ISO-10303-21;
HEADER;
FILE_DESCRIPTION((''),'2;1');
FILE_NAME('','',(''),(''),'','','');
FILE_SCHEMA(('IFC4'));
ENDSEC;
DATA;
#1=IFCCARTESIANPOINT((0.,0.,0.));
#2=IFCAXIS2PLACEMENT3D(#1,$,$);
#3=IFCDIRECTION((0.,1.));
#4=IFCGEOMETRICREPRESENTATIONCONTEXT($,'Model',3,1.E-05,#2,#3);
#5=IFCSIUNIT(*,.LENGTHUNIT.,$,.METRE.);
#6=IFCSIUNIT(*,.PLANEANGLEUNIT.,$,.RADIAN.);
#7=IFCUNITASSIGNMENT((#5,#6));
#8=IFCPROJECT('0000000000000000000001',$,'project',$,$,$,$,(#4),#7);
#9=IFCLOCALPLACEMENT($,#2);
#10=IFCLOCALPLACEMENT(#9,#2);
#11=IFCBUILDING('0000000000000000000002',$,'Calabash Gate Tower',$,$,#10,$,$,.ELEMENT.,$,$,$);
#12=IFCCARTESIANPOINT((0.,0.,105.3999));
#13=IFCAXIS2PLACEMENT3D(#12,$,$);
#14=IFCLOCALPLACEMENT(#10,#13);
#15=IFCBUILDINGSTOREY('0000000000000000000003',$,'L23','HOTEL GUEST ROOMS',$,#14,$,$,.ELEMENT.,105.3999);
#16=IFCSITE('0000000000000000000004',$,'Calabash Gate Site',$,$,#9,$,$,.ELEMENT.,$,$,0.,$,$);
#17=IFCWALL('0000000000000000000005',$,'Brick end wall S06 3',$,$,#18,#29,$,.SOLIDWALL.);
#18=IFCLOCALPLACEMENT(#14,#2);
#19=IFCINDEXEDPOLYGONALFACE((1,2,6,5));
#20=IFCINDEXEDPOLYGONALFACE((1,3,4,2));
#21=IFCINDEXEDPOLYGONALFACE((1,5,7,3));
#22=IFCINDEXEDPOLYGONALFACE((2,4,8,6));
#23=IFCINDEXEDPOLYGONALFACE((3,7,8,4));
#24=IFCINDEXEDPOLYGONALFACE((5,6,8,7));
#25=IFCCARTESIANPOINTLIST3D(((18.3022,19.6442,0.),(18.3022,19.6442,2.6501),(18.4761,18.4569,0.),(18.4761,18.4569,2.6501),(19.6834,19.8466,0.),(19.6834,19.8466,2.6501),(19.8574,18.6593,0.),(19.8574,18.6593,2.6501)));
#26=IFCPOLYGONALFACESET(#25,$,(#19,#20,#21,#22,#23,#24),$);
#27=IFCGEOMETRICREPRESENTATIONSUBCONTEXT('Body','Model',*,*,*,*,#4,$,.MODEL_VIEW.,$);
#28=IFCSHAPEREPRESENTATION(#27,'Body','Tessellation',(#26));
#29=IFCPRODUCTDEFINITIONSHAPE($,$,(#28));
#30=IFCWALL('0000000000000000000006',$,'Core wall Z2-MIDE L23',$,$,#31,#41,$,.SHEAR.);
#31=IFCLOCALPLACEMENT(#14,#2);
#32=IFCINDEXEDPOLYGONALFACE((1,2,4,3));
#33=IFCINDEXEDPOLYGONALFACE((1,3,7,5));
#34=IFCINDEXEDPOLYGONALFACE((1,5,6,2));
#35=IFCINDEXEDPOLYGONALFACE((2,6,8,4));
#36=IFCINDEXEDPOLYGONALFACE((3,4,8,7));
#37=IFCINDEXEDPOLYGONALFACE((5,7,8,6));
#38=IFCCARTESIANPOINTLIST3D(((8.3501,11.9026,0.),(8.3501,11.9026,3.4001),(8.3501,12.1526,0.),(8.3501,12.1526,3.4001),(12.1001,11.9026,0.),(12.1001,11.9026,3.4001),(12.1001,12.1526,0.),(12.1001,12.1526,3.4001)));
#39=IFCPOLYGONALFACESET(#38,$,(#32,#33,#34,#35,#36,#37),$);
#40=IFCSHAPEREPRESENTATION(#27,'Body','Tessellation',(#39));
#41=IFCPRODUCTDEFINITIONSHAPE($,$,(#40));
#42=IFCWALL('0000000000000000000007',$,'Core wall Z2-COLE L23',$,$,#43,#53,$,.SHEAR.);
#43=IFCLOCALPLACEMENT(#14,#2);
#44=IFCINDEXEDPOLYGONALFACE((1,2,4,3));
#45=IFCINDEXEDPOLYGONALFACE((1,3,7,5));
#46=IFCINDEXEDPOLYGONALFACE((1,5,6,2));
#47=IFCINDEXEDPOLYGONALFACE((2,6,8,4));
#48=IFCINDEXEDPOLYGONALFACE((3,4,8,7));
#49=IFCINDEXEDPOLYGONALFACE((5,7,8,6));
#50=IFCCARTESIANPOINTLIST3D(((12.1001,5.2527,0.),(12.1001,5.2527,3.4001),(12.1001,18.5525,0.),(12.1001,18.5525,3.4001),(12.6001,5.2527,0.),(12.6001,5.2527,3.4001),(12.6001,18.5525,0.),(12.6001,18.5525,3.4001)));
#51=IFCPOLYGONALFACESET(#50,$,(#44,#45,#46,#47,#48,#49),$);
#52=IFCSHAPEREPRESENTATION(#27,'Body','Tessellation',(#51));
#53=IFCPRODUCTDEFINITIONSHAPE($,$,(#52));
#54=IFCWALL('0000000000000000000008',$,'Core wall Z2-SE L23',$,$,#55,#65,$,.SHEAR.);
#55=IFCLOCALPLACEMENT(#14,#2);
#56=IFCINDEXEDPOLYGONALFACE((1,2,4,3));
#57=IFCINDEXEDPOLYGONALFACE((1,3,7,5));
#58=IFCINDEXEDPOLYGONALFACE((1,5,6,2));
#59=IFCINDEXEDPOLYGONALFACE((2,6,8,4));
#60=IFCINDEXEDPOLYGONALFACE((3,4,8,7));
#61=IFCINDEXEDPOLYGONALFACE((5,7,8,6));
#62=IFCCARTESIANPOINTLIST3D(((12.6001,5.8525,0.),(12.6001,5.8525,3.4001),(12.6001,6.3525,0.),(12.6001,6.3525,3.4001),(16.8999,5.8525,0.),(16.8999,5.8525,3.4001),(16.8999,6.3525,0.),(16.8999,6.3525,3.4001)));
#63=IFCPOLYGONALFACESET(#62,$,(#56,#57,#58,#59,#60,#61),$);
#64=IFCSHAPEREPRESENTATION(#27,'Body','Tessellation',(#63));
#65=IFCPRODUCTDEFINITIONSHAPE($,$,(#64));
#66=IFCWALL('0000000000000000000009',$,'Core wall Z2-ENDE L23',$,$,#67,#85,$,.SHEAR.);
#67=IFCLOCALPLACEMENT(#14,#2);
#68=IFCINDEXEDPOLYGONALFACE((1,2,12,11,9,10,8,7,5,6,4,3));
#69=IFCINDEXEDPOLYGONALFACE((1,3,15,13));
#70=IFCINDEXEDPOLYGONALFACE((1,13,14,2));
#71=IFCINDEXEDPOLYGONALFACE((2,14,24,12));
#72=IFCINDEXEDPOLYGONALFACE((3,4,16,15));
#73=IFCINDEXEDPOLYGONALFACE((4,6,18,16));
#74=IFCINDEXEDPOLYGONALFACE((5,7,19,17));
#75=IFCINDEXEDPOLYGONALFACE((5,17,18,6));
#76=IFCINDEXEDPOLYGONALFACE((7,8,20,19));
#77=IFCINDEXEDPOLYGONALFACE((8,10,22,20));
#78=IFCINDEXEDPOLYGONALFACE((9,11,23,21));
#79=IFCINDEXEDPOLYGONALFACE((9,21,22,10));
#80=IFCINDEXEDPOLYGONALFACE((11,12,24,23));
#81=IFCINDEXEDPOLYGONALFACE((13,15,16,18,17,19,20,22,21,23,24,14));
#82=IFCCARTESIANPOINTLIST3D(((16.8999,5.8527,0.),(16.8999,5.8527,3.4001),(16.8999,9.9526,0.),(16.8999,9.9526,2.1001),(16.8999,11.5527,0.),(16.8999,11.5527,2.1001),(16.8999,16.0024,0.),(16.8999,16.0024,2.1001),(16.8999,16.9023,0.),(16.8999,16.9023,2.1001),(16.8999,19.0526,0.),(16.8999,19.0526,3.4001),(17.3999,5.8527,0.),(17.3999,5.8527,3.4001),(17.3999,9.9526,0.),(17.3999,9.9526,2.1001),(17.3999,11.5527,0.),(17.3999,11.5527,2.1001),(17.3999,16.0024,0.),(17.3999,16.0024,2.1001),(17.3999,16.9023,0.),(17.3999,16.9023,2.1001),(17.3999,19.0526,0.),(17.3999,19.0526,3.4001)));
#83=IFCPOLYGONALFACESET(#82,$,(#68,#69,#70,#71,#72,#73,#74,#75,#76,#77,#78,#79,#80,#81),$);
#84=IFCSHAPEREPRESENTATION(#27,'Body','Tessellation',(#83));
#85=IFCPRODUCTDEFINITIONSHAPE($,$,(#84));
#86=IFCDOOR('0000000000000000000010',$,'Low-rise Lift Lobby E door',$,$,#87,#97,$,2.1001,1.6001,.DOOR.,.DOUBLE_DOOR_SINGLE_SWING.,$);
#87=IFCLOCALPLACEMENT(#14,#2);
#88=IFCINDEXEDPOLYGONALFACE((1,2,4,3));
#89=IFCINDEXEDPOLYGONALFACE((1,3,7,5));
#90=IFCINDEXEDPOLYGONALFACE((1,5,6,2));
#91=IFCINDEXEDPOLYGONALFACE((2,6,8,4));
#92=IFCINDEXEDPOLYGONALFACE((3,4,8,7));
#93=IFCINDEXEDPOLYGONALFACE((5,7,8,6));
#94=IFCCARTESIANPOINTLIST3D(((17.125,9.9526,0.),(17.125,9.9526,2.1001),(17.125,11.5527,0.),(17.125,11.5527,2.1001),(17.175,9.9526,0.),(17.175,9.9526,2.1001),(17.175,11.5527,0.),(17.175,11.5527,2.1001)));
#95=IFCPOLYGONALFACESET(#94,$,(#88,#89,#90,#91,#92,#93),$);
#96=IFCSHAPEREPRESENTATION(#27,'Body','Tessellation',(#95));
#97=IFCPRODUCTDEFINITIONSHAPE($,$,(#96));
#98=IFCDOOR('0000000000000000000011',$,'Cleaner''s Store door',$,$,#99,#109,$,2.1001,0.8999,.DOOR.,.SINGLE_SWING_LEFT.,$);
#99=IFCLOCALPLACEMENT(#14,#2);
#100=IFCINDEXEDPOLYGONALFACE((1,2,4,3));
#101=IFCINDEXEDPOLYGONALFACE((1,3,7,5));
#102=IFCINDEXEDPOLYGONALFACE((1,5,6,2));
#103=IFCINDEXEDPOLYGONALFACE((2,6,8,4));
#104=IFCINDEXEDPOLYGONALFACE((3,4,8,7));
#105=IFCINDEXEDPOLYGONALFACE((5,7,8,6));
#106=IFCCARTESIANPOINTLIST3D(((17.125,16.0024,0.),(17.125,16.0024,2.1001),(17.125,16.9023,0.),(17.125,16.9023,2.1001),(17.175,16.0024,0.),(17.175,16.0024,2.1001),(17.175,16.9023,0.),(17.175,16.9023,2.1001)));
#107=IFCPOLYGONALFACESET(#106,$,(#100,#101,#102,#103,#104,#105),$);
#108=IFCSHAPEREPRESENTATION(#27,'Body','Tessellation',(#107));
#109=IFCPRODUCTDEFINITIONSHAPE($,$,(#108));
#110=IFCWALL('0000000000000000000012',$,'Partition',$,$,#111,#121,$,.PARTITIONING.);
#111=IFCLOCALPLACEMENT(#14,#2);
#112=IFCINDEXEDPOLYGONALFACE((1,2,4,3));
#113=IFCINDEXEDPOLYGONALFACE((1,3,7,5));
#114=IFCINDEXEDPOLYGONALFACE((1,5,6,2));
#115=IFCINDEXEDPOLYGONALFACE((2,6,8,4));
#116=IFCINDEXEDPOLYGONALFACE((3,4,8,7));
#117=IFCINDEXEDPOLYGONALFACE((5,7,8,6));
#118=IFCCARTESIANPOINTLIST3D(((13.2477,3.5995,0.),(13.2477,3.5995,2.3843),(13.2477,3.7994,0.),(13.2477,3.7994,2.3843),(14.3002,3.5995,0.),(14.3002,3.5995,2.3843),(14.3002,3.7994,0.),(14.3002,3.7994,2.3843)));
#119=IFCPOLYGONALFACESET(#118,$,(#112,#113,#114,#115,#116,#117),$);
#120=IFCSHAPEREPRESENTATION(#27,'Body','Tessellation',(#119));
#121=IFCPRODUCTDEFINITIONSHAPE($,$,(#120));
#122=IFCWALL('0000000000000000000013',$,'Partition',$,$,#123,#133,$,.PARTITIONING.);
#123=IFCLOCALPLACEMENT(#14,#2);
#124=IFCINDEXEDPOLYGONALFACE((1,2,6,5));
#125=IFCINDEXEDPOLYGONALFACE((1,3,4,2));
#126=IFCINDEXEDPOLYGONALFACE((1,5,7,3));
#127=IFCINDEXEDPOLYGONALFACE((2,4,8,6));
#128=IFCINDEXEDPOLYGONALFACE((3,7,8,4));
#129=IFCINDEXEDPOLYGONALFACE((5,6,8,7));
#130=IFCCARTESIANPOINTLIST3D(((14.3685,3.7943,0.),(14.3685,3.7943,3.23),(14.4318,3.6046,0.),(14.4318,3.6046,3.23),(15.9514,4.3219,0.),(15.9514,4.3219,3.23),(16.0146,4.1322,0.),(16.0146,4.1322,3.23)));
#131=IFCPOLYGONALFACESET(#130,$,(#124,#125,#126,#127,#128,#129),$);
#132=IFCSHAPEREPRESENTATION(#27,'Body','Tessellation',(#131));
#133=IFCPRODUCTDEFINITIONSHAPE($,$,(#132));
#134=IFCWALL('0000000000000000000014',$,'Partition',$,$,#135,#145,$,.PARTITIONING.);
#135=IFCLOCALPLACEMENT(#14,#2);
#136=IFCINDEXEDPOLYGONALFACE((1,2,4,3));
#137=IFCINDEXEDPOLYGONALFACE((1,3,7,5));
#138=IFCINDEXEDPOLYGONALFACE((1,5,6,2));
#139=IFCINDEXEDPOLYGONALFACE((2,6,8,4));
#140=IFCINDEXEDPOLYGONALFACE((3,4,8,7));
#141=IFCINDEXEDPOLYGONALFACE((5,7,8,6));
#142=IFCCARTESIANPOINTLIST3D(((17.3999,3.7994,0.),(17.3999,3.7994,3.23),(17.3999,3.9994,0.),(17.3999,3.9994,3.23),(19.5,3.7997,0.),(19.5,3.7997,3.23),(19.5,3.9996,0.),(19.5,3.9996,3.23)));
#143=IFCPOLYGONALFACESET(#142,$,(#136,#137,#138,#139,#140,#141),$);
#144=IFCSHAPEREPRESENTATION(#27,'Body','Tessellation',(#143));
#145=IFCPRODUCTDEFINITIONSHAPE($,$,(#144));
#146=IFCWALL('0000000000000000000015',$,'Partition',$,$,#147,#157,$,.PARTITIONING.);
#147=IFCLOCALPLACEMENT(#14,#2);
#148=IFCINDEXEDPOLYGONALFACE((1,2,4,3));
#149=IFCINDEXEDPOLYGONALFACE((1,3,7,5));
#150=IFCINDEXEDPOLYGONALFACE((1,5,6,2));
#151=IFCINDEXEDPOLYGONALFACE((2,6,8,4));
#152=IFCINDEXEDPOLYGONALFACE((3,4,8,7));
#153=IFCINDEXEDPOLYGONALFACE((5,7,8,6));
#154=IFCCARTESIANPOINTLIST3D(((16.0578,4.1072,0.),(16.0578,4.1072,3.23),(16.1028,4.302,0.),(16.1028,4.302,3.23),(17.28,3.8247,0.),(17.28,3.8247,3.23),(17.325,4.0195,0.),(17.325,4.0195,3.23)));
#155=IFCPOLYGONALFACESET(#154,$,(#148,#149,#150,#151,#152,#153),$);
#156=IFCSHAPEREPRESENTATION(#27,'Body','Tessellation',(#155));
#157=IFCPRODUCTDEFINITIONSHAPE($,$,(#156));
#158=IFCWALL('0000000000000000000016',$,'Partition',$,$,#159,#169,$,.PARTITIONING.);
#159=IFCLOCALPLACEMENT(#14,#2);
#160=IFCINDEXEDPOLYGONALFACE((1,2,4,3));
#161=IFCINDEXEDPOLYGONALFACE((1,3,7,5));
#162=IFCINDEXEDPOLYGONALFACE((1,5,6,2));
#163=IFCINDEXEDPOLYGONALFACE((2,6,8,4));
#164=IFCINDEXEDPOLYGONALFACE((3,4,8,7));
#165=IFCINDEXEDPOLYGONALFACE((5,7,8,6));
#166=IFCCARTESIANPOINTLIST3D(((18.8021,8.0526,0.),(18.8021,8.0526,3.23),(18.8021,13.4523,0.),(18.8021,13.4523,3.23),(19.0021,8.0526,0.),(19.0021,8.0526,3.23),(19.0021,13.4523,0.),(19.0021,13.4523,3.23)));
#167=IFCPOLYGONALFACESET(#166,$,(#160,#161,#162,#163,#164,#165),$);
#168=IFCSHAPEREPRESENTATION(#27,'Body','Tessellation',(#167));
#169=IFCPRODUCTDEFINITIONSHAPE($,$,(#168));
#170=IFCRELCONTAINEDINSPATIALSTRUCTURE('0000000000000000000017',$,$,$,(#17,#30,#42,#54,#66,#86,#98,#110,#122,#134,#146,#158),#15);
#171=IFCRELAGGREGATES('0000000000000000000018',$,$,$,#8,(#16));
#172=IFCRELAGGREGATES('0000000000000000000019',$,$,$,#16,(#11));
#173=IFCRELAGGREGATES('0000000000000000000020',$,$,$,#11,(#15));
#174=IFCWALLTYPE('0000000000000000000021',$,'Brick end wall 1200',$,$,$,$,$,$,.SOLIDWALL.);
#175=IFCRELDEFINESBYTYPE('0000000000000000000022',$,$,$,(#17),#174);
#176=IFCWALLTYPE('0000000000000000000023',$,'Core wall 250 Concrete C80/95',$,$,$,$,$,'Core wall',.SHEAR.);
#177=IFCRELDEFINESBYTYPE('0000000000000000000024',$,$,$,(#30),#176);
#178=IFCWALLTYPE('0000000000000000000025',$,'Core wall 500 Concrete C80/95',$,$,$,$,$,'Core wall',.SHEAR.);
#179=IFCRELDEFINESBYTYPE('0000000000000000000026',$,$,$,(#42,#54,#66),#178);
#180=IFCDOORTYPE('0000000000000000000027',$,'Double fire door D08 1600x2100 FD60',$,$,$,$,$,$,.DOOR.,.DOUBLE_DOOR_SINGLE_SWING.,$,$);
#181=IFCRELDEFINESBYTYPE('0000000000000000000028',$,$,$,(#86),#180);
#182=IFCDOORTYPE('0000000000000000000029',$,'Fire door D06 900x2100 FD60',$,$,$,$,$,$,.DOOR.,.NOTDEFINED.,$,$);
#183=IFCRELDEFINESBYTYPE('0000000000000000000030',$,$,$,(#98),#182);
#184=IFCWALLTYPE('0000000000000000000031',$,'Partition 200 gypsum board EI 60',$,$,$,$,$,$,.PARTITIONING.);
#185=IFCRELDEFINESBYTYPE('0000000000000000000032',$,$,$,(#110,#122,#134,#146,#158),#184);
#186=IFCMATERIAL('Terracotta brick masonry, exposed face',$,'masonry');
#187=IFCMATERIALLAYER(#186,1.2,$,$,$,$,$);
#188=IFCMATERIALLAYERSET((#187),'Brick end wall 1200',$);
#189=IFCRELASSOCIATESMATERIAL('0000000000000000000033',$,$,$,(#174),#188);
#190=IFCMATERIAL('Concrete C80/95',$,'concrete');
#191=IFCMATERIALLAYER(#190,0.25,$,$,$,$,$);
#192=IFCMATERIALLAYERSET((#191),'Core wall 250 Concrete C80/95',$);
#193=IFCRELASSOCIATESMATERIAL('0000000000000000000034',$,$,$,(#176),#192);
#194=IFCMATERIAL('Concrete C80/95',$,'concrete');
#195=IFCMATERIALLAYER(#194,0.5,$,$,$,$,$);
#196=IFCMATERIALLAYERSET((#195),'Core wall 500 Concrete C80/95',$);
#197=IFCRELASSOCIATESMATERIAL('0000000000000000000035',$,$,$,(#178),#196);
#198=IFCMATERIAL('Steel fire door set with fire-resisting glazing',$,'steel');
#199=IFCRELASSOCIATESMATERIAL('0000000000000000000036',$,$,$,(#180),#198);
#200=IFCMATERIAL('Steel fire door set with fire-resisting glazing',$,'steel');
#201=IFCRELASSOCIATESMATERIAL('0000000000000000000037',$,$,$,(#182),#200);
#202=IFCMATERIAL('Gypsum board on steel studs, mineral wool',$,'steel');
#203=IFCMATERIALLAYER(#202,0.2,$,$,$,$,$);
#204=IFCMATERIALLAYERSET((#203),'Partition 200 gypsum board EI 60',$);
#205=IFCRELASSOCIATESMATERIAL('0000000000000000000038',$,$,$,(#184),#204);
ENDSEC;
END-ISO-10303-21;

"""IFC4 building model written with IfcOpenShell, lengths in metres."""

from ifc_helpers import new_model, si_unit, direction, frame, frame_2d, origin, place, context, subcontext, project, spatial, rectangle, extrude, material, layer, layer_set, type_object, element, fill, save


model = new_model("IFC4")

# Units and contexts
model_context = context("Model", 3, precision=1e-05, world=origin(), true_north=direction((0.0, 1.0)))
body_context = subcontext(model_context, "Body", "Model", "MODEL_VIEW")
ifc_project = project(units=[si_unit("LENGTHUNIT", "METRE"), si_unit("PLANEANGLEUNIT", "RADIAN")], contexts=[model_context])

# Site, building, storey
site_placement = place(None, origin())
site = spatial("IfcSite", under=ifc_project, at=site_placement, Name="Calabash Gate Site", CompositionType="ELEMENT", RefElevation=0.0)
building_placement = place(site_placement, origin())
building = spatial("IfcBuilding", under=site, at=building_placement, Name="Calabash Gate Tower", CompositionType="ELEMENT")
storey_placement = place(building_placement, frame((0.0, 0.0, 105.3999)))
storey = spatial("IfcBuildingStorey", under=building, at=storey_placement, Name="L23", Description="HOTEL GUEST ROOMS", CompositionType="ELEMENT", Elevation=105.3999)

# Walls
ifc_material_1 = material(Name="Terracotta brick masonry, exposed face", Category="masonry")
ifc_layer_1 = layer(ifc_material_1, 1.2)
ifc_layer_set_1 = layer_set([ifc_layer_1], Name="Brick end wall 1200")
wall_type_1 = type_object("IfcWallType", Name="Brick end wall 1200", PredefinedType="SOLIDWALL", material=ifc_layer_set_1)
wall_1_placement = place(storey_placement, frame((18.3892, 19.0505, 0.0), z_axis=(0.0, 0.0, 1.0), x_axis=(0.989436, 0.14497, 0.0)))
element("IfcWall", 1, at=wall_1_placement, inside=storey, type_object=wall_type_1, Name="Brick end wall S06 3", PredefinedType="SOLIDWALL", context=body_context, shape_type="SweptSolid", body=[
    extrude(rectangle(XDim=1.396, YDim=1.2, at=frame_2d((0.698, 0.0))), origin(), (0.0, 0.0, 1.0), 2.6501),
])
ifc_material_2 = material(Name="Concrete C80/95", Category="concrete")
ifc_layer_2 = layer(ifc_material_2, 0.25)
ifc_layer_set_2 = layer_set([ifc_layer_2], Name="Core wall 250 Concrete C80/95")
wall_type_2 = type_object("IfcWallType", Name="Core wall 250 Concrete C80/95", ElementType="Core wall", PredefinedType="SHEAR", material=ifc_layer_set_2)
wall_2_placement = place(storey_placement, frame((8.3501, 12.0276, 0.0), z_axis=(0.0, 0.0, 1.0), x_axis=(1.0, 0.0, 0.0)))
element("IfcWall", 2, at=wall_2_placement, inside=storey, type_object=wall_type_2, Name="Core wall Z2-MIDE L23", PredefinedType="SHEAR", context=body_context, shape_type="SweptSolid", body=[
    extrude(rectangle(XDim=3.75, YDim=0.25, at=frame_2d((1.875, 0.0))), origin(), (0.0, 0.0, 1.0), 3.4001),
])
ifc_material_3 = material(Name="Concrete C80/95", Category="concrete")
ifc_layer_3 = layer(ifc_material_3, 0.5)
ifc_layer_set_3 = layer_set([ifc_layer_3], Name="Core wall 500 Concrete C80/95")
wall_type_3 = type_object("IfcWallType", Name="Core wall 500 Concrete C80/95", ElementType="Core wall", PredefinedType="SHEAR", material=ifc_layer_set_3)
wall_3_placement = place(storey_placement, frame((12.3501, 5.2527, 0.0), z_axis=(0.0, 0.0, 1.0), x_axis=(0.0, 1.0, 0.0)))
element("IfcWall", 3, at=wall_3_placement, inside=storey, type_object=wall_type_3, Name="Core wall Z2-COLE L23", PredefinedType="SHEAR", context=body_context, shape_type="SweptSolid", body=[
    extrude(rectangle(XDim=13.2998, YDim=0.5, at=frame_2d((6.6499, 0.0))), origin(), (0.0, 0.0, 1.0), 3.4001),
])
wall_4_placement = place(storey_placement, frame((12.6001, 6.1025, 0.0), z_axis=(0.0, 0.0, 1.0), x_axis=(1.0, 0.0, 0.0)))
element("IfcWall", 4, at=wall_4_placement, inside=storey, type_object=wall_type_3, Name="Core wall Z2-SE L23", PredefinedType="SHEAR", context=body_context, shape_type="SweptSolid", body=[
    extrude(rectangle(XDim=4.2998, YDim=0.5, at=frame_2d((2.1499, 0.0))), origin(), (0.0, 0.0, 1.0), 3.4001),
])

# Wall, openings, doors
wall_5_placement = place(storey_placement, frame((17.1499, 5.8525, 0.0), z_axis=(0.0, 0.0, 1.0), x_axis=(0.0, 1.0, 0.0)))
wall_5 = element("IfcWall", 5, at=wall_5_placement, inside=storey, type_object=wall_type_3, Name="Core wall Z2-ENDE L23", PredefinedType="SHEAR", context=body_context, shape_type="SweptSolid", body=[
    extrude(rectangle(XDim=13.2, YDim=0.5, at=frame_2d((6.6001, 0.0))), origin(), (0.0, 0.0, 1.0), 3.4001),
])
opening_1_placement = place(wall_5_placement, frame((4.1001, 0.0, 0.0)))
opening_1 = element("IfcOpeningElement", 6, at=opening_1_placement, cuts=wall_5, PredefinedType="OPENING", context=body_context, shape_type="SweptSolid", body=[
    extrude(rectangle(XDim=1.6001, YDim=2.1001, at=frame_2d((0.8, 1.05))), frame((0.0, 0.26, 0.0), z_axis=(0.0, -1.0, 0.0), x_axis=(1.0, 0.0, 0.0)), (0.0, 0.0, 1.0), 0.52),
])
opening_2_placement = place(wall_5_placement, frame((10.1499, 0.0, 0.0)))
opening_2 = element("IfcOpeningElement", 7, at=opening_2_placement, cuts=wall_5, PredefinedType="OPENING", context=body_context, shape_type="SweptSolid", body=[
    extrude(rectangle(XDim=0.8999, YDim=2.1001, at=frame_2d((0.45, 1.05))), frame((0.0, 0.26, 0.0), z_axis=(0.0, -1.0, 0.0), x_axis=(1.0, 0.0, 0.0)), (0.0, 0.0, 1.0), 0.52),
])
ifc_material_4 = material(Name="Steel fire door set with fire-resisting glazing", Category="steel")
door_type_1 = type_object("IfcDoorType", Name="Double fire door D08 1600x2100 FD60", OperationType="DOUBLE_DOOR_SINGLE_SWING", PredefinedType="DOOR", material=ifc_material_4)
door_1_placement = place(opening_1_placement, origin())
door_1 = element("IfcDoor", 8, at=door_1_placement, inside=storey, type_object=door_type_1, Name="Low-rise Lift Lobby E door", OperationType="DOUBLE_DOOR_SINGLE_SWING", OverallHeight=2.1001, OverallWidth=1.6001, PredefinedType="DOOR", context=body_context, shape_type="SweptSolid", body=[
    extrude(rectangle(XDim=1.6001, YDim=2.1001, at=frame_2d((0.8, 1.05))), frame((0.0, 0.0249, 0.0), z_axis=(0.0, -1.0, 0.0), x_axis=(1.0, 0.0, 0.0)), (0.0, 0.0, 1.0), 0.05),
])
fill(opening_1, door_1)
ifc_material_5 = material(Name="Steel fire door set with fire-resisting glazing", Category="steel")
door_type_2 = type_object("IfcDoorType", Name="Fire door D06 900x2100 FD60", OperationType="NOTDEFINED", PredefinedType="DOOR", material=ifc_material_5)
door_2_placement = place(opening_2_placement, origin())
door_2 = element("IfcDoor", 9, at=door_2_placement, inside=storey, type_object=door_type_2, Name="Cleaner's Store door", OperationType="SINGLE_SWING_LEFT", OverallHeight=2.1001, OverallWidth=0.8999, PredefinedType="DOOR", context=body_context, shape_type="SweptSolid", body=[
    extrude(rectangle(XDim=0.8999, YDim=2.1001, at=frame_2d((0.45, 1.05))), frame((0.0, 0.0249, 0.0), z_axis=(0.0, -1.0, 0.0), x_axis=(1.0, 0.0, 0.0)), (0.0, 0.0, 1.0), 0.05),
])
fill(opening_2, door_2)

# Walls
ifc_material_6 = material(Name="Gypsum board on steel studs, mineral wool", Category="steel")
ifc_layer_4 = layer(ifc_material_6, 0.2)
ifc_layer_set_4 = layer_set([ifc_layer_4], Name="Partition 200 gypsum board EI 60")
wall_type_4 = type_object("IfcWallType", Name="Partition 200 gypsum board EI 60", PredefinedType="PARTITIONING", material=ifc_layer_set_4)
wall_6_placement = place(storey_placement, frame((13.2476, 3.6995, 0.0), z_axis=(0.0, 0.0, 1.0), x_axis=(1.0, 0.0, 0.0)))
element("IfcWall", 10, at=wall_6_placement, inside=storey, type_object=wall_type_4, Name="Partition", PredefinedType="PARTITIONING", context=body_context, shape_type="SweptSolid", body=[
    extrude(rectangle(XDim=1.0525, YDim=0.2, at=frame_2d((0.5264, 0.0))), origin(), (0.0, 0.0, 1.0), 2.3843),
])
wall_7_placement = place(storey_placement, frame((14.4001, 3.6995, 0.0), z_axis=(0.0, 0.0, 1.0), x_axis=(0.948683, 0.316228, 0.0)))
element("IfcWall", 11, at=wall_7_placement, inside=storey, type_object=wall_type_4, Name="Partition", PredefinedType="PARTITIONING", context=body_context, shape_type="SweptSolid", body=[
    extrude(rectangle(XDim=1.6685, YDim=0.2, at=frame_2d((0.8342, 0.0))), origin(), (0.0, 0.0, 1.0), 3.23),
])
wall_8_placement = place(storey_placement, frame((17.3999, 3.8994, 0.0), z_axis=(0.0, 0.0, 1.0), x_axis=(1.0, 0.000116, 0.0)))
element("IfcWall", 12, at=wall_8_placement, inside=storey, type_object=wall_type_4, Name="Partition", PredefinedType="PARTITIONING", context=body_context, shape_type="SweptSolid", body=[
    extrude(rectangle(XDim=2.1001, YDim=0.2, at=frame_2d((1.05, 0.0))), origin(), (0.0, 0.0, 1.0), 3.23),
])
wall_9_placement = place(storey_placement, frame((16.0803, 4.2046, 0.0), z_axis=(0.0, 0.0, 1.0), x_axis=(0.974316, -0.225186, 0.0)))
element("IfcWall", 13, at=wall_9_placement, inside=storey, type_object=wall_type_4, Name="Partition", PredefinedType="PARTITIONING", context=body_context, shape_type="SweptSolid", body=[
    extrude(rectangle(XDim=1.2544, YDim=0.2, at=frame_2d((0.6272, 0.0))), origin(), (0.0, 0.0, 1.0), 3.23),
])
wall_10_placement = place(storey_placement, frame((18.9021, 8.0527, 0.0), z_axis=(0.0, 0.0, 1.0), x_axis=(0.0, 1.0, 0.0)))
element("IfcWall", 14, at=wall_10_placement, inside=storey, type_object=wall_type_4, Name="Partition", PredefinedType="PARTITIONING", context=body_context, shape_type="SweptSolid", body=[
    extrude(rectangle(XDim=5.3997, YDim=0.2, at=frame_2d((2.6997, 0.0))), origin(), (0.0, 0.0, 1.0), 3.23),
])

save(model, "model.ifc")
